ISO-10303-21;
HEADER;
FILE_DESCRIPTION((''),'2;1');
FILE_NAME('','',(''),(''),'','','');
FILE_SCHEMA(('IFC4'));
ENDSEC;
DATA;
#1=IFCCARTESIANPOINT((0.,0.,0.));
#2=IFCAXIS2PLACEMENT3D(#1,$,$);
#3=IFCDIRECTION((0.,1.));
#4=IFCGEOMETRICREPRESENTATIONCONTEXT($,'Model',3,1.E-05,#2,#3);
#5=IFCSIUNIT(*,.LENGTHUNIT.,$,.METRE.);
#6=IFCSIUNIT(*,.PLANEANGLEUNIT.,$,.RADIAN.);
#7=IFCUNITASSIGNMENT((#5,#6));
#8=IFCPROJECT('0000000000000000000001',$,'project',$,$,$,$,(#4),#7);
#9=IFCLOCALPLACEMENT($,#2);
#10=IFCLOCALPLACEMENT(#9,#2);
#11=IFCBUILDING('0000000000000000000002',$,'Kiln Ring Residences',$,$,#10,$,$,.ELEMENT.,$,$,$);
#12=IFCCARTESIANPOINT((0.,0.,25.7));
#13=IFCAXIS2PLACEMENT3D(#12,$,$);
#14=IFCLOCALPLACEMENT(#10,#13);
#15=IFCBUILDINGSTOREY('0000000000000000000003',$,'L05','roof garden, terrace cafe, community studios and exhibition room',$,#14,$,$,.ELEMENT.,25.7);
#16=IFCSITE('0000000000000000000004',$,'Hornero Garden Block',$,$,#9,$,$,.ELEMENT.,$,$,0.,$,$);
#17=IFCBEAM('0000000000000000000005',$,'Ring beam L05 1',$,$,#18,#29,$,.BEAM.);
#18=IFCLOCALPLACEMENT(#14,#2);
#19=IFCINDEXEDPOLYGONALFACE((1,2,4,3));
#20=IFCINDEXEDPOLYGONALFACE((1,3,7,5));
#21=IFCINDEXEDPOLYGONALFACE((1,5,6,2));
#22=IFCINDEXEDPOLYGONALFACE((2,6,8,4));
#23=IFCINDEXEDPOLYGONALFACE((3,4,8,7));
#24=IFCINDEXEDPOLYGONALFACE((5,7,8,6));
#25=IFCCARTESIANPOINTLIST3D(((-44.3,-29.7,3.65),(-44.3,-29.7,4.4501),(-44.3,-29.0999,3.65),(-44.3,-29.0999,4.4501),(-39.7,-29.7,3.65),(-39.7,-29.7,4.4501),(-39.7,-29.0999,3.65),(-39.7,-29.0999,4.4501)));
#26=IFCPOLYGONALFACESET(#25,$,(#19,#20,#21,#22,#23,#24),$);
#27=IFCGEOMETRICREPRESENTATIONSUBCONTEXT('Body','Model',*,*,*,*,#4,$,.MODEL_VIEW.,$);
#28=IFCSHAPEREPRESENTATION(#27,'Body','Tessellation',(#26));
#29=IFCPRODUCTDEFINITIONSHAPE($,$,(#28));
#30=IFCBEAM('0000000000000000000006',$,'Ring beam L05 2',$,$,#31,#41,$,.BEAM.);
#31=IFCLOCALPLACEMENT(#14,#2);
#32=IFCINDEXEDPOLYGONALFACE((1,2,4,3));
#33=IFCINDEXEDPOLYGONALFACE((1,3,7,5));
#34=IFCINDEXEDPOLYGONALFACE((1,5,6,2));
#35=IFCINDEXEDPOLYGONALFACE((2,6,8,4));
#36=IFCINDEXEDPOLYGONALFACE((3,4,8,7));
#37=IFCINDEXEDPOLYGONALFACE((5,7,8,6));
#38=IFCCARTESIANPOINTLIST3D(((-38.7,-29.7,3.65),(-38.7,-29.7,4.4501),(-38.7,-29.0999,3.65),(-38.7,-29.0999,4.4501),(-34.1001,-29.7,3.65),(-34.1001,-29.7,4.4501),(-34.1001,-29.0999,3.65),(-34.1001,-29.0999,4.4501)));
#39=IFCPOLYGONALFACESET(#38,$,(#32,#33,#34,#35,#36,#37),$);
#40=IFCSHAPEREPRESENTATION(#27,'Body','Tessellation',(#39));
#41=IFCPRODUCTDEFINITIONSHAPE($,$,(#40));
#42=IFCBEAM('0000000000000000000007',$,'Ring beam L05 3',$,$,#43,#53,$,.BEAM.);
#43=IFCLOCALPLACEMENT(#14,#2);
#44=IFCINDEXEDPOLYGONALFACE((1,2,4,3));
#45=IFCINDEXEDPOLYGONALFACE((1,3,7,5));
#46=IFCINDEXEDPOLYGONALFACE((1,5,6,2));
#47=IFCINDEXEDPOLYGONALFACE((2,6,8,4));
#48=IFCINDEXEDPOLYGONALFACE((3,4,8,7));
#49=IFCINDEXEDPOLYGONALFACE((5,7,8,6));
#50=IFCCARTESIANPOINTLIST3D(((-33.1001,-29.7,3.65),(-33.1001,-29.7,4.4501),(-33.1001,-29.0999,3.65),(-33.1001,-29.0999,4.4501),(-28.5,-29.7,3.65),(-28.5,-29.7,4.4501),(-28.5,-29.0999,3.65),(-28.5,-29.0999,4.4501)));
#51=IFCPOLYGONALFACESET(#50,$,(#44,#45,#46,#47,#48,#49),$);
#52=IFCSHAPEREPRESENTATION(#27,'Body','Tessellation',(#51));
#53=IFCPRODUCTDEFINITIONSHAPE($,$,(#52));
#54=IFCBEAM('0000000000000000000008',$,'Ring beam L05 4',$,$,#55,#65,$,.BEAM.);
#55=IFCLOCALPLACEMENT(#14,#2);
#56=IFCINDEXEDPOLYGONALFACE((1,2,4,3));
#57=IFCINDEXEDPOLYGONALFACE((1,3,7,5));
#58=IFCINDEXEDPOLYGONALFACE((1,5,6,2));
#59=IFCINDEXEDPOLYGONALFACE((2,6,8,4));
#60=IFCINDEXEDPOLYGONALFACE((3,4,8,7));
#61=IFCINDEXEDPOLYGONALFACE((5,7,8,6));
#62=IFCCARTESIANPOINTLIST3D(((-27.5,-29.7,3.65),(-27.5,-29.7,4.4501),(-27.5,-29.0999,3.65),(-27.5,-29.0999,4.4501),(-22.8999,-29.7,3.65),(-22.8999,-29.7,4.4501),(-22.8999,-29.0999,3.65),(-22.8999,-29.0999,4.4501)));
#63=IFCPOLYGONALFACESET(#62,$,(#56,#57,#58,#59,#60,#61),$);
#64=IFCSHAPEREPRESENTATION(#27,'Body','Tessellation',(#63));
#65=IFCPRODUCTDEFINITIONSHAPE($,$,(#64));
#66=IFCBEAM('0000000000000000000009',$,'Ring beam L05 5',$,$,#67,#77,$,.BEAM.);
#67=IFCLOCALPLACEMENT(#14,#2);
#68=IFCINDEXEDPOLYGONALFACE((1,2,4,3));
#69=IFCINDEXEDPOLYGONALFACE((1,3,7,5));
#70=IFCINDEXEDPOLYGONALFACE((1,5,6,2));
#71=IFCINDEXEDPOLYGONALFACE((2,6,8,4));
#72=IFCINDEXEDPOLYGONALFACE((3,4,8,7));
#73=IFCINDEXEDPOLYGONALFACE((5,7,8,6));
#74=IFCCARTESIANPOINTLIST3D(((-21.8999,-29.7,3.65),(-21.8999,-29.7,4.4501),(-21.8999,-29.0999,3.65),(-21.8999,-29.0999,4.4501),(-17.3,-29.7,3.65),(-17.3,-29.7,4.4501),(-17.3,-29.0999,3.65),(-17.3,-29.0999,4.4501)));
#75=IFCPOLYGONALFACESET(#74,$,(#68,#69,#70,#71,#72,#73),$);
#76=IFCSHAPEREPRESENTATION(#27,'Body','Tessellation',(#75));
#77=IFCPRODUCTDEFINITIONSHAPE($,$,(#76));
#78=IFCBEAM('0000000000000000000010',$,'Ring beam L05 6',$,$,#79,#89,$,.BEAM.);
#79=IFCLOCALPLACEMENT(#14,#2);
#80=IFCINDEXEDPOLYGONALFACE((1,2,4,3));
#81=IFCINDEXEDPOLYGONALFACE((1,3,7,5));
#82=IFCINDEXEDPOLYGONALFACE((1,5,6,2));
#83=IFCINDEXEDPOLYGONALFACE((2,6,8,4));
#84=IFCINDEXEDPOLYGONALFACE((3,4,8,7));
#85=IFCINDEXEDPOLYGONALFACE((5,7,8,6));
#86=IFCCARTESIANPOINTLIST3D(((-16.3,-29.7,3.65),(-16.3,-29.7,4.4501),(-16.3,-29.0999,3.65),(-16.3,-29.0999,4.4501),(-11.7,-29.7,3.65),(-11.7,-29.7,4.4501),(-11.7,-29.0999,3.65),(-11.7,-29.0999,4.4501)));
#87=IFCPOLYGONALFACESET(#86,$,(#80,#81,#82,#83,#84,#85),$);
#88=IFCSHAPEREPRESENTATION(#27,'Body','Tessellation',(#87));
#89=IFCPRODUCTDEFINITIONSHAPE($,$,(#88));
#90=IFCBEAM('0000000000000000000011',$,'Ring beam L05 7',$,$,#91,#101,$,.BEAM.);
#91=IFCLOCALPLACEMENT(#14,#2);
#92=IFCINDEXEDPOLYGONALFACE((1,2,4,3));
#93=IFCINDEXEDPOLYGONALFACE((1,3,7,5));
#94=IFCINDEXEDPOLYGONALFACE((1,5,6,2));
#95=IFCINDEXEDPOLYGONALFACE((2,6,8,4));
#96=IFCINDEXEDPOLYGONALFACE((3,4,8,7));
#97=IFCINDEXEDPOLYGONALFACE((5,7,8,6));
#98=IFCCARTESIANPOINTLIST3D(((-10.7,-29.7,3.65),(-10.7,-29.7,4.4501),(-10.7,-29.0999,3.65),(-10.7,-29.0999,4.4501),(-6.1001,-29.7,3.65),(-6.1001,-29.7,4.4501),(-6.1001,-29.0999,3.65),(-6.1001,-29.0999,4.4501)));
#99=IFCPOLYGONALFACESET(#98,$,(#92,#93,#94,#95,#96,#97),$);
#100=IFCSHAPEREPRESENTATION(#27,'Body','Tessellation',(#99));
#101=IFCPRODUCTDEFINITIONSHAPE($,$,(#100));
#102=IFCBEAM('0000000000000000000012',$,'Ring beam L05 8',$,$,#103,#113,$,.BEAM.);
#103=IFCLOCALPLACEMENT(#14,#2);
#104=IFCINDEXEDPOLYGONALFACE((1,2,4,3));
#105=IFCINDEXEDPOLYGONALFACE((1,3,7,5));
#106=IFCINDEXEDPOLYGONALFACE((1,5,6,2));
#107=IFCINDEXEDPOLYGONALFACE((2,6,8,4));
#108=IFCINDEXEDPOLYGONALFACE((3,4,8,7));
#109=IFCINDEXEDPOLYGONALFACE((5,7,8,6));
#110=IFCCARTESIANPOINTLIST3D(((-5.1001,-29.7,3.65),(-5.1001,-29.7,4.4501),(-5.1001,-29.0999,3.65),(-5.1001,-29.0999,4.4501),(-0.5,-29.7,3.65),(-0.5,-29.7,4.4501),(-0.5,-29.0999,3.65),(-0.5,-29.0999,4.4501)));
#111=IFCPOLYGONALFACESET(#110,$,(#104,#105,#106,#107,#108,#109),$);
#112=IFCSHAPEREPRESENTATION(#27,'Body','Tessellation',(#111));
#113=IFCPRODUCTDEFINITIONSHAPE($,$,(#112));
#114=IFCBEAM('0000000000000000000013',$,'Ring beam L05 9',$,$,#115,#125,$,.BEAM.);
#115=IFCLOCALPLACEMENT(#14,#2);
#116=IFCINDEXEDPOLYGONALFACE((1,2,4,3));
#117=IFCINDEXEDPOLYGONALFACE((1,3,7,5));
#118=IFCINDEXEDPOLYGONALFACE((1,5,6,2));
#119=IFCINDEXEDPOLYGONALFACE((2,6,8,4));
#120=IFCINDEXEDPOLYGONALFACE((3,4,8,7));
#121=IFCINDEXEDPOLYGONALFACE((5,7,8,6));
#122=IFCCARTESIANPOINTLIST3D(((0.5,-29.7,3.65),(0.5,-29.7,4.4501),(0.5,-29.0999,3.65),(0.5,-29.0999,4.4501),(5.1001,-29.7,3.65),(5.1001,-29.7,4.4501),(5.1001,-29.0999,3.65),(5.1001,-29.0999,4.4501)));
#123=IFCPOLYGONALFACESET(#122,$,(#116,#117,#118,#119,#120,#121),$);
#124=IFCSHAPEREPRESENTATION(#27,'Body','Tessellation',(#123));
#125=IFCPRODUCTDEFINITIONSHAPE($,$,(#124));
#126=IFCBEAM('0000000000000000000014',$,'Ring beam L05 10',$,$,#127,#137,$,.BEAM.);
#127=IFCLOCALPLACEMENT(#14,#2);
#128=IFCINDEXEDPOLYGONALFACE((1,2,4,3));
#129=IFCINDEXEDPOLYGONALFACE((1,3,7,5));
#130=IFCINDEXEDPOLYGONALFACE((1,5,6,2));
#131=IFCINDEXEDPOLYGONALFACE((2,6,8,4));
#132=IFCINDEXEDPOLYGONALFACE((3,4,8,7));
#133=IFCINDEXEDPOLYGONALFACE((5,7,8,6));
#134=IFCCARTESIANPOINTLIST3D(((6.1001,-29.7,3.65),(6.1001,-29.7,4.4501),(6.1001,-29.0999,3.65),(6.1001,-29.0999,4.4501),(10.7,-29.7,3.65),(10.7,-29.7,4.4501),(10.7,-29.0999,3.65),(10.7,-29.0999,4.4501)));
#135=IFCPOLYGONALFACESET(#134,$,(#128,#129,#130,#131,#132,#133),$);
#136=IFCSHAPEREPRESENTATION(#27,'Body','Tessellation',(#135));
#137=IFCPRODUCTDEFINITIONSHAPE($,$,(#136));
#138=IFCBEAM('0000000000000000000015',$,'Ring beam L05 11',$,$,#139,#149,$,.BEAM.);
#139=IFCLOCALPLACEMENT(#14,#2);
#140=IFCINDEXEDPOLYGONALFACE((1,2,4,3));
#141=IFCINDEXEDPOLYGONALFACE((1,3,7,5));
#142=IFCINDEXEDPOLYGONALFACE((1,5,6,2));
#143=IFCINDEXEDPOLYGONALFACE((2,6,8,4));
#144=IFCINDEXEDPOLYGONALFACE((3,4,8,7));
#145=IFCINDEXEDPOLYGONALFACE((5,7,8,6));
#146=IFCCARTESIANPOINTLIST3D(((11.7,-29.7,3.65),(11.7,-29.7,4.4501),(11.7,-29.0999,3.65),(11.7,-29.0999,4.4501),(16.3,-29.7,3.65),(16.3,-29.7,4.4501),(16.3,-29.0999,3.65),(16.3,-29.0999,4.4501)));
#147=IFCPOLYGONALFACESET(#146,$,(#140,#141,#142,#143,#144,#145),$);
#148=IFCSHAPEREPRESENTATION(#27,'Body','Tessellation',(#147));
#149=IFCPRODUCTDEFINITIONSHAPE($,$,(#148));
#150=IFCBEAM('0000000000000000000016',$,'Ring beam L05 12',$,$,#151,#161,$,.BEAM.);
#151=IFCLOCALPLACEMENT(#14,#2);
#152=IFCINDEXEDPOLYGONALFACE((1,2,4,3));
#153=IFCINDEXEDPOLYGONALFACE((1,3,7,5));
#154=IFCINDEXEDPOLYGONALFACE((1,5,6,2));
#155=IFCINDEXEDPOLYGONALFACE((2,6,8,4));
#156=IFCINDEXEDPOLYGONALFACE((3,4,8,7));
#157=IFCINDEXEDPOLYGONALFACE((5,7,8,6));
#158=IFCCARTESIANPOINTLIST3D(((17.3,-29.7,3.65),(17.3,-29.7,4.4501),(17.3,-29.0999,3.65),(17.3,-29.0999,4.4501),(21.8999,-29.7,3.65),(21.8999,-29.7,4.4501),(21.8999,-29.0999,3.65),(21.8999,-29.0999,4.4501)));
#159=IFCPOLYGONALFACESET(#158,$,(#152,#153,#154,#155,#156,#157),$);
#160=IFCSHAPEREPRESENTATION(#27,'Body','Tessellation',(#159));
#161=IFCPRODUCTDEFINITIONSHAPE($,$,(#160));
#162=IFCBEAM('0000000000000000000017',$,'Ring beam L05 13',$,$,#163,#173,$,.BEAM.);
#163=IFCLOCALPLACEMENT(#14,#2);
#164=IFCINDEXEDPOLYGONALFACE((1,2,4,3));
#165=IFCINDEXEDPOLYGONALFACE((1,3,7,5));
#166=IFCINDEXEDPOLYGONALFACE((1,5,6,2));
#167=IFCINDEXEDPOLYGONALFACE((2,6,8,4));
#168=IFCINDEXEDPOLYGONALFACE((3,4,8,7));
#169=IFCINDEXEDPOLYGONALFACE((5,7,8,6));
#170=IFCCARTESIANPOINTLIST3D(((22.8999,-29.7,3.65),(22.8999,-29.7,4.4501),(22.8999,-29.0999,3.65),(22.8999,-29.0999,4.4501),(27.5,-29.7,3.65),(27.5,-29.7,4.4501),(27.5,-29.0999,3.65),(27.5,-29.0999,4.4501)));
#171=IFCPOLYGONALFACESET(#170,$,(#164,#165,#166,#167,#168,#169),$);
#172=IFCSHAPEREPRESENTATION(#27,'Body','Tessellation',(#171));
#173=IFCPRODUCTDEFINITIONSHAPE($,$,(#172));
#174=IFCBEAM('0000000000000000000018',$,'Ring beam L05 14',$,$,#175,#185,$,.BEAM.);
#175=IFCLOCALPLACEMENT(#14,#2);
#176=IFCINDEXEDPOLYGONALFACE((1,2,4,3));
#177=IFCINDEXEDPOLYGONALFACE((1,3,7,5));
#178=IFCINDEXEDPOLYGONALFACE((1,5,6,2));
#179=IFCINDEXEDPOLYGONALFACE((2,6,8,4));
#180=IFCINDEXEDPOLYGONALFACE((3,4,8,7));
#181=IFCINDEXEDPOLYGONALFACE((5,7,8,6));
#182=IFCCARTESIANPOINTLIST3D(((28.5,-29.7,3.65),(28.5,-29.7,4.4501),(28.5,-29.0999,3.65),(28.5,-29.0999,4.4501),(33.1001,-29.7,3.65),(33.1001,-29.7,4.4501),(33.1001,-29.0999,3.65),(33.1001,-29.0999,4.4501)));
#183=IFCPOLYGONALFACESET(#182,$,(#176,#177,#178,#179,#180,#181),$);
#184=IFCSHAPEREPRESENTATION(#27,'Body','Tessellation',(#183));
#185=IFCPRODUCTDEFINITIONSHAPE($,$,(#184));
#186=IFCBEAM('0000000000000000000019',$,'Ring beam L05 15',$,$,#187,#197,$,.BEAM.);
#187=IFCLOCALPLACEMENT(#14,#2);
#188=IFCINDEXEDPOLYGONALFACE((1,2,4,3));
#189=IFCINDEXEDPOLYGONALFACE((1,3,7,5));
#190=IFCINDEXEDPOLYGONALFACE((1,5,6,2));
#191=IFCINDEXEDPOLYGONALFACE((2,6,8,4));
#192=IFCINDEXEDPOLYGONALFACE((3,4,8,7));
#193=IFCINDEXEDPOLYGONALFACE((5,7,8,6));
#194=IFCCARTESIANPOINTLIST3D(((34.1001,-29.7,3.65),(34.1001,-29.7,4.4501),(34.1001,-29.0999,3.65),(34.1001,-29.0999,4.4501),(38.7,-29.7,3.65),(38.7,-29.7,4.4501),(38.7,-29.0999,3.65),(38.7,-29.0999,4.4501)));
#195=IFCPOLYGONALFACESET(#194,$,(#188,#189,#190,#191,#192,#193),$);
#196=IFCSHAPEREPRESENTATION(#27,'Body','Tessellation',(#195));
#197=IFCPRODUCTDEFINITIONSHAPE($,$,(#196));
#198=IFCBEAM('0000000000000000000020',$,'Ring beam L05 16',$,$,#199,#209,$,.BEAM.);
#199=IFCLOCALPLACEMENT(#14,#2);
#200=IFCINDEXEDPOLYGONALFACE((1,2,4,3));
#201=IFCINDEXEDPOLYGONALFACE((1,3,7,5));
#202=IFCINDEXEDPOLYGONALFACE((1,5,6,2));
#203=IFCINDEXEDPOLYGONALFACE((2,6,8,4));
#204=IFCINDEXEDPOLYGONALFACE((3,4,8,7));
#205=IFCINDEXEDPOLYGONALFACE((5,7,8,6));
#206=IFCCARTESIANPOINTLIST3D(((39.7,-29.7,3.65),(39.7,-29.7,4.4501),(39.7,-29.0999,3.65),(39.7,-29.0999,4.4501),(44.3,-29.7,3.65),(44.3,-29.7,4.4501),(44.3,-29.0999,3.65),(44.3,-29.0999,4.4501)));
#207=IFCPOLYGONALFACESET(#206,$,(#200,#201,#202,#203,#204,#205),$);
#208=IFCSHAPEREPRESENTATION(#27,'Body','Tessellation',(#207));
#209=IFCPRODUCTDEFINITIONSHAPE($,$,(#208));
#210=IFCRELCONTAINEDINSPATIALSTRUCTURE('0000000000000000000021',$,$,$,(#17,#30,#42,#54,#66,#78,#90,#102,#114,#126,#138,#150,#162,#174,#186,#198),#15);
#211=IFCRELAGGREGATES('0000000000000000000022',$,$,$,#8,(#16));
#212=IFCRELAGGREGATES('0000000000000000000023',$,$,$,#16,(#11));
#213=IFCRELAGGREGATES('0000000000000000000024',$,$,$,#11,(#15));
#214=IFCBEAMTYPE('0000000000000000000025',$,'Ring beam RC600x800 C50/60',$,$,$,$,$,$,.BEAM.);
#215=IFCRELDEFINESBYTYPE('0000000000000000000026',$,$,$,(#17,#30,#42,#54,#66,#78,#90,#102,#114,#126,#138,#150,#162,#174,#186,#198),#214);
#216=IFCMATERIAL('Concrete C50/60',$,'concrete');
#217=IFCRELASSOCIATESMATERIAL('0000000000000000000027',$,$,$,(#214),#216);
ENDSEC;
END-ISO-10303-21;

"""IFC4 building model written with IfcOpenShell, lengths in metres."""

from ifc_helpers import new_model, si_unit, direction, frame, origin, origin_2d, place, context, subcontext, project, spatial, rectangle, extrude, material, material_profile, profile_set, type_object, element, save


model = new_model("IFC4")

# Units and contexts
model_context = context("Model", 3, precision=1e-05, world=origin(), true_north=direction((0.0, 1.0)))
body_context = subcontext(model_context, "Body", "Model", "MODEL_VIEW")
ifc_project = project(units=[si_unit("LENGTHUNIT", "METRE"), si_unit("PLANEANGLEUNIT", "RADIAN")], contexts=[model_context])

# Site, building, storey
site_placement = place(None, origin())
site = spatial("IfcSite", under=ifc_project, at=site_placement, Name="Hornero Garden Block", CompositionType="ELEMENT", RefElevation=0.0)
building_placement = place(site_placement, origin())
building = spatial("IfcBuilding", under=site, at=building_placement, Name="Kiln Ring Residences", CompositionType="ELEMENT")
storey_placement = place(building_placement, frame((0.0, 0.0, 25.7)))
storey = spatial("IfcBuildingStorey", under=building, at=storey_placement, Name="L05", Description="roof garden, terrace cafe, community studios and exhibition room", CompositionType="ELEMENT", Elevation=25.7)

# Beams
ifc_material_1 = material(Name="Concrete C50/60", Category="concrete")
ifc_material_profile = material_profile(ifc_material_1, rectangle(XDim=0.6001, YDim=0.8, at=origin_2d()), Name="RC600x800")
ifc_profile_set = profile_set([ifc_material_profile], Name="Concrete C50/60")
beam_type = type_object("IfcBeamType", Name="Ring beam RC600x800 C50/60", PredefinedType="BEAM", material=ifc_profile_set)
beam_1_placement = place(storey_placement, frame((-44.3, -29.3999, 4.05), z_axis=(1.0, 0.0, 0.0), x_axis=(0.0, 1.0, 0.0)))
element("IfcBeam", 1, at=beam_1_placement, inside=storey, type_object=beam_type, Name="Ring beam L05 1", PredefinedType="BEAM", context=body_context, shape_type="SweptSolid", body=[
    extrude(rectangle(XDim=0.6001, YDim=0.8, at=origin_2d()), origin(), (0.0, 0.0, 1.0), 4.6001),
])
beam_2_placement = place(storey_placement, frame((-38.7, -29.3999, 4.05), z_axis=(1.0, 0.0, 0.0), x_axis=(0.0, 1.0, 0.0)))
element("IfcBeam", 2, at=beam_2_placement, inside=storey, type_object=beam_type, Name="Ring beam L05 2", PredefinedType="BEAM", context=body_context, shape_type="SweptSolid", body=[
    extrude(rectangle(XDim=0.6001, YDim=0.8, at=origin_2d()), origin(), (0.0, 0.0, 1.0), 4.5999),
])
for number, where, z_axis, x_axis, name in (
    (3, (-33.1001, -29.3999, 4.05), (1.0, 0.0, 0.0), (0.0, 1.0, 0.0), "Ring beam L05 3"),
    (4, (-27.5, -29.3999, 4.05), (1.0, 0.0, 0.0), (0.0, 1.0, 0.0), "Ring beam L05 4"),
):
    element("IfcBeam", number, at=place(storey_placement, frame(where, z_axis=z_axis, x_axis=x_axis)), inside=storey, type_object=beam_type, Name=name, PredefinedType="BEAM", context=body_context, shape_type="SweptSolid", body=[
        extrude(rectangle(XDim=0.6001, YDim=0.8, at=origin_2d()), origin(), (0.0, 0.0, 1.0), 4.6001),
    ])
beam_3_placement = place(storey_placement, frame((-21.8999, -29.3999, 4.05), z_axis=(1.0, 0.0, 0.0), x_axis=(0.0, 1.0, 0.0)))
element("IfcBeam", 5, at=beam_3_placement, inside=storey, type_object=beam_type, Name="Ring beam L05 5", PredefinedType="BEAM", context=body_context, shape_type="SweptSolid", body=[
    extrude(rectangle(XDim=0.6001, YDim=0.8, at=origin_2d()), origin(), (0.0, 0.0, 1.0), 4.5999),
])
beam_4_placement = place(storey_placement, frame((-16.3, -29.3999, 4.05), z_axis=(1.0, 0.0, 0.0), x_axis=(0.0, 1.0, 0.0)))
element("IfcBeam", 6, at=beam_4_placement, inside=storey, type_object=beam_type, Name="Ring beam L05 6", PredefinedType="BEAM", context=body_context, shape_type="SweptSolid", body=[
    extrude(rectangle(XDim=0.6001, YDim=0.8, at=origin_2d()), origin(), (0.0, 0.0, 1.0), 4.6001),
])
beam_5_placement = place(storey_placement, frame((-10.7, -29.3999, 4.05), z_axis=(1.0, 0.0, 0.0), x_axis=(0.0, 1.0, 0.0)))
element("IfcBeam", 7, at=beam_5_placement, inside=storey, type_object=beam_type, Name="Ring beam L05 7", PredefinedType="BEAM", context=body_context, shape_type="SweptSolid", body=[
    extrude(rectangle(XDim=0.6001, YDim=0.8, at=origin_2d()), origin(), (0.0, 0.0, 1.0), 4.5999),
])
for number, where, z_axis, x_axis, name in (
    (8, (-5.1001, -29.3999, 4.05), (1.0, 0.0, 0.0), (0.0, 1.0, 0.0), "Ring beam L05 8"),
    (9, (0.5, -29.3999, 4.05), (1.0, 0.0, 0.0), (0.0, 1.0, 0.0), "Ring beam L05 9"),
):
    element("IfcBeam", number, at=place(storey_placement, frame(where, z_axis=z_axis, x_axis=x_axis)), inside=storey, type_object=beam_type, Name=name, PredefinedType="BEAM", context=body_context, shape_type="SweptSolid", body=[
        extrude(rectangle(XDim=0.6001, YDim=0.8, at=origin_2d()), origin(), (0.0, 0.0, 1.0), 4.6001),
    ])
beam_6_placement = place(storey_placement, frame((6.1001, -29.3999, 4.05), z_axis=(1.0, 0.0, 0.0), x_axis=(0.0, 1.0, 0.0)))
element("IfcBeam", 10, at=beam_6_placement, inside=storey, type_object=beam_type, Name="Ring beam L05 10", PredefinedType="BEAM", context=body_context, shape_type="SweptSolid", body=[
    extrude(rectangle(XDim=0.6001, YDim=0.8, at=origin_2d()), origin(), (0.0, 0.0, 1.0), 4.5999),
])
beam_7_placement = place(storey_placement, frame((11.7, -29.3999, 4.05), z_axis=(1.0, 0.0, 0.0), x_axis=(0.0, 1.0, 0.0)))
element("IfcBeam", 11, at=beam_7_placement, inside=storey, type_object=beam_type, Name="Ring beam L05 11", PredefinedType="BEAM", context=body_context, shape_type="SweptSolid", body=[
    extrude(rectangle(XDim=0.6001, YDim=0.8, at=origin_2d()), origin(), (0.0, 0.0, 1.0), 4.6001),
])
beam_8_placement = place(storey_placement, frame((17.3, -29.3999, 4.05), z_axis=(1.0, 0.0, 0.0), x_axis=(0.0, 1.0, 0.0)))
element("IfcBeam", 12, at=beam_8_placement, inside=storey, type_object=beam_type, Name="Ring beam L05 12", PredefinedType="BEAM", context=body_context, shape_type="SweptSolid", body=[
    extrude(rectangle(XDim=0.6001, YDim=0.8, at=origin_2d()), origin(), (0.0, 0.0, 1.0), 4.5999),
])
for number, where, z_axis, x_axis, name in (
    (13, (22.8999, -29.3999, 4.05), (1.0, 0.0, 0.0), (0.0, 1.0, 0.0), "Ring beam L05 13"),
    (14, (28.5, -29.3999, 4.05), (1.0, 0.0, 0.0), (0.0, 1.0, 0.0), "Ring beam L05 14"),
):
    element("IfcBeam", number, at=place(storey_placement, frame(where, z_axis=z_axis, x_axis=x_axis)), inside=storey, type_object=beam_type, Name=name, PredefinedType="BEAM", context=body_context, shape_type="SweptSolid", body=[
        extrude(rectangle(XDim=0.6001, YDim=0.8, at=origin_2d()), origin(), (0.0, 0.0, 1.0), 4.6001),
    ])
beam_9_placement = place(storey_placement, frame((34.1001, -29.3999, 4.05), z_axis=(1.0, 0.0, 0.0), x_axis=(0.0, 1.0, 0.0)))
element("IfcBeam", 15, at=beam_9_placement, inside=storey, type_object=beam_type, Name="Ring beam L05 15", PredefinedType="BEAM", context=body_context, shape_type="SweptSolid", body=[
    extrude(rectangle(XDim=0.6001, YDim=0.8, at=origin_2d()), origin(), (0.0, 0.0, 1.0), 4.5999),
])
beam_10_placement = place(storey_placement, frame((39.7, -29.3999, 4.05), z_axis=(1.0, 0.0, 0.0), x_axis=(0.0, 1.0, 0.0)))
element("IfcBeam", 16, at=beam_10_placement, inside=storey, type_object=beam_type, Name="Ring beam L05 16", PredefinedType="BEAM", context=body_context, shape_type="SweptSolid", body=[
    extrude(rectangle(XDim=0.6001, YDim=0.8, at=origin_2d()), origin(), (0.0, 0.0, 1.0), 4.6001),
])

save(model, "model.ifc")
